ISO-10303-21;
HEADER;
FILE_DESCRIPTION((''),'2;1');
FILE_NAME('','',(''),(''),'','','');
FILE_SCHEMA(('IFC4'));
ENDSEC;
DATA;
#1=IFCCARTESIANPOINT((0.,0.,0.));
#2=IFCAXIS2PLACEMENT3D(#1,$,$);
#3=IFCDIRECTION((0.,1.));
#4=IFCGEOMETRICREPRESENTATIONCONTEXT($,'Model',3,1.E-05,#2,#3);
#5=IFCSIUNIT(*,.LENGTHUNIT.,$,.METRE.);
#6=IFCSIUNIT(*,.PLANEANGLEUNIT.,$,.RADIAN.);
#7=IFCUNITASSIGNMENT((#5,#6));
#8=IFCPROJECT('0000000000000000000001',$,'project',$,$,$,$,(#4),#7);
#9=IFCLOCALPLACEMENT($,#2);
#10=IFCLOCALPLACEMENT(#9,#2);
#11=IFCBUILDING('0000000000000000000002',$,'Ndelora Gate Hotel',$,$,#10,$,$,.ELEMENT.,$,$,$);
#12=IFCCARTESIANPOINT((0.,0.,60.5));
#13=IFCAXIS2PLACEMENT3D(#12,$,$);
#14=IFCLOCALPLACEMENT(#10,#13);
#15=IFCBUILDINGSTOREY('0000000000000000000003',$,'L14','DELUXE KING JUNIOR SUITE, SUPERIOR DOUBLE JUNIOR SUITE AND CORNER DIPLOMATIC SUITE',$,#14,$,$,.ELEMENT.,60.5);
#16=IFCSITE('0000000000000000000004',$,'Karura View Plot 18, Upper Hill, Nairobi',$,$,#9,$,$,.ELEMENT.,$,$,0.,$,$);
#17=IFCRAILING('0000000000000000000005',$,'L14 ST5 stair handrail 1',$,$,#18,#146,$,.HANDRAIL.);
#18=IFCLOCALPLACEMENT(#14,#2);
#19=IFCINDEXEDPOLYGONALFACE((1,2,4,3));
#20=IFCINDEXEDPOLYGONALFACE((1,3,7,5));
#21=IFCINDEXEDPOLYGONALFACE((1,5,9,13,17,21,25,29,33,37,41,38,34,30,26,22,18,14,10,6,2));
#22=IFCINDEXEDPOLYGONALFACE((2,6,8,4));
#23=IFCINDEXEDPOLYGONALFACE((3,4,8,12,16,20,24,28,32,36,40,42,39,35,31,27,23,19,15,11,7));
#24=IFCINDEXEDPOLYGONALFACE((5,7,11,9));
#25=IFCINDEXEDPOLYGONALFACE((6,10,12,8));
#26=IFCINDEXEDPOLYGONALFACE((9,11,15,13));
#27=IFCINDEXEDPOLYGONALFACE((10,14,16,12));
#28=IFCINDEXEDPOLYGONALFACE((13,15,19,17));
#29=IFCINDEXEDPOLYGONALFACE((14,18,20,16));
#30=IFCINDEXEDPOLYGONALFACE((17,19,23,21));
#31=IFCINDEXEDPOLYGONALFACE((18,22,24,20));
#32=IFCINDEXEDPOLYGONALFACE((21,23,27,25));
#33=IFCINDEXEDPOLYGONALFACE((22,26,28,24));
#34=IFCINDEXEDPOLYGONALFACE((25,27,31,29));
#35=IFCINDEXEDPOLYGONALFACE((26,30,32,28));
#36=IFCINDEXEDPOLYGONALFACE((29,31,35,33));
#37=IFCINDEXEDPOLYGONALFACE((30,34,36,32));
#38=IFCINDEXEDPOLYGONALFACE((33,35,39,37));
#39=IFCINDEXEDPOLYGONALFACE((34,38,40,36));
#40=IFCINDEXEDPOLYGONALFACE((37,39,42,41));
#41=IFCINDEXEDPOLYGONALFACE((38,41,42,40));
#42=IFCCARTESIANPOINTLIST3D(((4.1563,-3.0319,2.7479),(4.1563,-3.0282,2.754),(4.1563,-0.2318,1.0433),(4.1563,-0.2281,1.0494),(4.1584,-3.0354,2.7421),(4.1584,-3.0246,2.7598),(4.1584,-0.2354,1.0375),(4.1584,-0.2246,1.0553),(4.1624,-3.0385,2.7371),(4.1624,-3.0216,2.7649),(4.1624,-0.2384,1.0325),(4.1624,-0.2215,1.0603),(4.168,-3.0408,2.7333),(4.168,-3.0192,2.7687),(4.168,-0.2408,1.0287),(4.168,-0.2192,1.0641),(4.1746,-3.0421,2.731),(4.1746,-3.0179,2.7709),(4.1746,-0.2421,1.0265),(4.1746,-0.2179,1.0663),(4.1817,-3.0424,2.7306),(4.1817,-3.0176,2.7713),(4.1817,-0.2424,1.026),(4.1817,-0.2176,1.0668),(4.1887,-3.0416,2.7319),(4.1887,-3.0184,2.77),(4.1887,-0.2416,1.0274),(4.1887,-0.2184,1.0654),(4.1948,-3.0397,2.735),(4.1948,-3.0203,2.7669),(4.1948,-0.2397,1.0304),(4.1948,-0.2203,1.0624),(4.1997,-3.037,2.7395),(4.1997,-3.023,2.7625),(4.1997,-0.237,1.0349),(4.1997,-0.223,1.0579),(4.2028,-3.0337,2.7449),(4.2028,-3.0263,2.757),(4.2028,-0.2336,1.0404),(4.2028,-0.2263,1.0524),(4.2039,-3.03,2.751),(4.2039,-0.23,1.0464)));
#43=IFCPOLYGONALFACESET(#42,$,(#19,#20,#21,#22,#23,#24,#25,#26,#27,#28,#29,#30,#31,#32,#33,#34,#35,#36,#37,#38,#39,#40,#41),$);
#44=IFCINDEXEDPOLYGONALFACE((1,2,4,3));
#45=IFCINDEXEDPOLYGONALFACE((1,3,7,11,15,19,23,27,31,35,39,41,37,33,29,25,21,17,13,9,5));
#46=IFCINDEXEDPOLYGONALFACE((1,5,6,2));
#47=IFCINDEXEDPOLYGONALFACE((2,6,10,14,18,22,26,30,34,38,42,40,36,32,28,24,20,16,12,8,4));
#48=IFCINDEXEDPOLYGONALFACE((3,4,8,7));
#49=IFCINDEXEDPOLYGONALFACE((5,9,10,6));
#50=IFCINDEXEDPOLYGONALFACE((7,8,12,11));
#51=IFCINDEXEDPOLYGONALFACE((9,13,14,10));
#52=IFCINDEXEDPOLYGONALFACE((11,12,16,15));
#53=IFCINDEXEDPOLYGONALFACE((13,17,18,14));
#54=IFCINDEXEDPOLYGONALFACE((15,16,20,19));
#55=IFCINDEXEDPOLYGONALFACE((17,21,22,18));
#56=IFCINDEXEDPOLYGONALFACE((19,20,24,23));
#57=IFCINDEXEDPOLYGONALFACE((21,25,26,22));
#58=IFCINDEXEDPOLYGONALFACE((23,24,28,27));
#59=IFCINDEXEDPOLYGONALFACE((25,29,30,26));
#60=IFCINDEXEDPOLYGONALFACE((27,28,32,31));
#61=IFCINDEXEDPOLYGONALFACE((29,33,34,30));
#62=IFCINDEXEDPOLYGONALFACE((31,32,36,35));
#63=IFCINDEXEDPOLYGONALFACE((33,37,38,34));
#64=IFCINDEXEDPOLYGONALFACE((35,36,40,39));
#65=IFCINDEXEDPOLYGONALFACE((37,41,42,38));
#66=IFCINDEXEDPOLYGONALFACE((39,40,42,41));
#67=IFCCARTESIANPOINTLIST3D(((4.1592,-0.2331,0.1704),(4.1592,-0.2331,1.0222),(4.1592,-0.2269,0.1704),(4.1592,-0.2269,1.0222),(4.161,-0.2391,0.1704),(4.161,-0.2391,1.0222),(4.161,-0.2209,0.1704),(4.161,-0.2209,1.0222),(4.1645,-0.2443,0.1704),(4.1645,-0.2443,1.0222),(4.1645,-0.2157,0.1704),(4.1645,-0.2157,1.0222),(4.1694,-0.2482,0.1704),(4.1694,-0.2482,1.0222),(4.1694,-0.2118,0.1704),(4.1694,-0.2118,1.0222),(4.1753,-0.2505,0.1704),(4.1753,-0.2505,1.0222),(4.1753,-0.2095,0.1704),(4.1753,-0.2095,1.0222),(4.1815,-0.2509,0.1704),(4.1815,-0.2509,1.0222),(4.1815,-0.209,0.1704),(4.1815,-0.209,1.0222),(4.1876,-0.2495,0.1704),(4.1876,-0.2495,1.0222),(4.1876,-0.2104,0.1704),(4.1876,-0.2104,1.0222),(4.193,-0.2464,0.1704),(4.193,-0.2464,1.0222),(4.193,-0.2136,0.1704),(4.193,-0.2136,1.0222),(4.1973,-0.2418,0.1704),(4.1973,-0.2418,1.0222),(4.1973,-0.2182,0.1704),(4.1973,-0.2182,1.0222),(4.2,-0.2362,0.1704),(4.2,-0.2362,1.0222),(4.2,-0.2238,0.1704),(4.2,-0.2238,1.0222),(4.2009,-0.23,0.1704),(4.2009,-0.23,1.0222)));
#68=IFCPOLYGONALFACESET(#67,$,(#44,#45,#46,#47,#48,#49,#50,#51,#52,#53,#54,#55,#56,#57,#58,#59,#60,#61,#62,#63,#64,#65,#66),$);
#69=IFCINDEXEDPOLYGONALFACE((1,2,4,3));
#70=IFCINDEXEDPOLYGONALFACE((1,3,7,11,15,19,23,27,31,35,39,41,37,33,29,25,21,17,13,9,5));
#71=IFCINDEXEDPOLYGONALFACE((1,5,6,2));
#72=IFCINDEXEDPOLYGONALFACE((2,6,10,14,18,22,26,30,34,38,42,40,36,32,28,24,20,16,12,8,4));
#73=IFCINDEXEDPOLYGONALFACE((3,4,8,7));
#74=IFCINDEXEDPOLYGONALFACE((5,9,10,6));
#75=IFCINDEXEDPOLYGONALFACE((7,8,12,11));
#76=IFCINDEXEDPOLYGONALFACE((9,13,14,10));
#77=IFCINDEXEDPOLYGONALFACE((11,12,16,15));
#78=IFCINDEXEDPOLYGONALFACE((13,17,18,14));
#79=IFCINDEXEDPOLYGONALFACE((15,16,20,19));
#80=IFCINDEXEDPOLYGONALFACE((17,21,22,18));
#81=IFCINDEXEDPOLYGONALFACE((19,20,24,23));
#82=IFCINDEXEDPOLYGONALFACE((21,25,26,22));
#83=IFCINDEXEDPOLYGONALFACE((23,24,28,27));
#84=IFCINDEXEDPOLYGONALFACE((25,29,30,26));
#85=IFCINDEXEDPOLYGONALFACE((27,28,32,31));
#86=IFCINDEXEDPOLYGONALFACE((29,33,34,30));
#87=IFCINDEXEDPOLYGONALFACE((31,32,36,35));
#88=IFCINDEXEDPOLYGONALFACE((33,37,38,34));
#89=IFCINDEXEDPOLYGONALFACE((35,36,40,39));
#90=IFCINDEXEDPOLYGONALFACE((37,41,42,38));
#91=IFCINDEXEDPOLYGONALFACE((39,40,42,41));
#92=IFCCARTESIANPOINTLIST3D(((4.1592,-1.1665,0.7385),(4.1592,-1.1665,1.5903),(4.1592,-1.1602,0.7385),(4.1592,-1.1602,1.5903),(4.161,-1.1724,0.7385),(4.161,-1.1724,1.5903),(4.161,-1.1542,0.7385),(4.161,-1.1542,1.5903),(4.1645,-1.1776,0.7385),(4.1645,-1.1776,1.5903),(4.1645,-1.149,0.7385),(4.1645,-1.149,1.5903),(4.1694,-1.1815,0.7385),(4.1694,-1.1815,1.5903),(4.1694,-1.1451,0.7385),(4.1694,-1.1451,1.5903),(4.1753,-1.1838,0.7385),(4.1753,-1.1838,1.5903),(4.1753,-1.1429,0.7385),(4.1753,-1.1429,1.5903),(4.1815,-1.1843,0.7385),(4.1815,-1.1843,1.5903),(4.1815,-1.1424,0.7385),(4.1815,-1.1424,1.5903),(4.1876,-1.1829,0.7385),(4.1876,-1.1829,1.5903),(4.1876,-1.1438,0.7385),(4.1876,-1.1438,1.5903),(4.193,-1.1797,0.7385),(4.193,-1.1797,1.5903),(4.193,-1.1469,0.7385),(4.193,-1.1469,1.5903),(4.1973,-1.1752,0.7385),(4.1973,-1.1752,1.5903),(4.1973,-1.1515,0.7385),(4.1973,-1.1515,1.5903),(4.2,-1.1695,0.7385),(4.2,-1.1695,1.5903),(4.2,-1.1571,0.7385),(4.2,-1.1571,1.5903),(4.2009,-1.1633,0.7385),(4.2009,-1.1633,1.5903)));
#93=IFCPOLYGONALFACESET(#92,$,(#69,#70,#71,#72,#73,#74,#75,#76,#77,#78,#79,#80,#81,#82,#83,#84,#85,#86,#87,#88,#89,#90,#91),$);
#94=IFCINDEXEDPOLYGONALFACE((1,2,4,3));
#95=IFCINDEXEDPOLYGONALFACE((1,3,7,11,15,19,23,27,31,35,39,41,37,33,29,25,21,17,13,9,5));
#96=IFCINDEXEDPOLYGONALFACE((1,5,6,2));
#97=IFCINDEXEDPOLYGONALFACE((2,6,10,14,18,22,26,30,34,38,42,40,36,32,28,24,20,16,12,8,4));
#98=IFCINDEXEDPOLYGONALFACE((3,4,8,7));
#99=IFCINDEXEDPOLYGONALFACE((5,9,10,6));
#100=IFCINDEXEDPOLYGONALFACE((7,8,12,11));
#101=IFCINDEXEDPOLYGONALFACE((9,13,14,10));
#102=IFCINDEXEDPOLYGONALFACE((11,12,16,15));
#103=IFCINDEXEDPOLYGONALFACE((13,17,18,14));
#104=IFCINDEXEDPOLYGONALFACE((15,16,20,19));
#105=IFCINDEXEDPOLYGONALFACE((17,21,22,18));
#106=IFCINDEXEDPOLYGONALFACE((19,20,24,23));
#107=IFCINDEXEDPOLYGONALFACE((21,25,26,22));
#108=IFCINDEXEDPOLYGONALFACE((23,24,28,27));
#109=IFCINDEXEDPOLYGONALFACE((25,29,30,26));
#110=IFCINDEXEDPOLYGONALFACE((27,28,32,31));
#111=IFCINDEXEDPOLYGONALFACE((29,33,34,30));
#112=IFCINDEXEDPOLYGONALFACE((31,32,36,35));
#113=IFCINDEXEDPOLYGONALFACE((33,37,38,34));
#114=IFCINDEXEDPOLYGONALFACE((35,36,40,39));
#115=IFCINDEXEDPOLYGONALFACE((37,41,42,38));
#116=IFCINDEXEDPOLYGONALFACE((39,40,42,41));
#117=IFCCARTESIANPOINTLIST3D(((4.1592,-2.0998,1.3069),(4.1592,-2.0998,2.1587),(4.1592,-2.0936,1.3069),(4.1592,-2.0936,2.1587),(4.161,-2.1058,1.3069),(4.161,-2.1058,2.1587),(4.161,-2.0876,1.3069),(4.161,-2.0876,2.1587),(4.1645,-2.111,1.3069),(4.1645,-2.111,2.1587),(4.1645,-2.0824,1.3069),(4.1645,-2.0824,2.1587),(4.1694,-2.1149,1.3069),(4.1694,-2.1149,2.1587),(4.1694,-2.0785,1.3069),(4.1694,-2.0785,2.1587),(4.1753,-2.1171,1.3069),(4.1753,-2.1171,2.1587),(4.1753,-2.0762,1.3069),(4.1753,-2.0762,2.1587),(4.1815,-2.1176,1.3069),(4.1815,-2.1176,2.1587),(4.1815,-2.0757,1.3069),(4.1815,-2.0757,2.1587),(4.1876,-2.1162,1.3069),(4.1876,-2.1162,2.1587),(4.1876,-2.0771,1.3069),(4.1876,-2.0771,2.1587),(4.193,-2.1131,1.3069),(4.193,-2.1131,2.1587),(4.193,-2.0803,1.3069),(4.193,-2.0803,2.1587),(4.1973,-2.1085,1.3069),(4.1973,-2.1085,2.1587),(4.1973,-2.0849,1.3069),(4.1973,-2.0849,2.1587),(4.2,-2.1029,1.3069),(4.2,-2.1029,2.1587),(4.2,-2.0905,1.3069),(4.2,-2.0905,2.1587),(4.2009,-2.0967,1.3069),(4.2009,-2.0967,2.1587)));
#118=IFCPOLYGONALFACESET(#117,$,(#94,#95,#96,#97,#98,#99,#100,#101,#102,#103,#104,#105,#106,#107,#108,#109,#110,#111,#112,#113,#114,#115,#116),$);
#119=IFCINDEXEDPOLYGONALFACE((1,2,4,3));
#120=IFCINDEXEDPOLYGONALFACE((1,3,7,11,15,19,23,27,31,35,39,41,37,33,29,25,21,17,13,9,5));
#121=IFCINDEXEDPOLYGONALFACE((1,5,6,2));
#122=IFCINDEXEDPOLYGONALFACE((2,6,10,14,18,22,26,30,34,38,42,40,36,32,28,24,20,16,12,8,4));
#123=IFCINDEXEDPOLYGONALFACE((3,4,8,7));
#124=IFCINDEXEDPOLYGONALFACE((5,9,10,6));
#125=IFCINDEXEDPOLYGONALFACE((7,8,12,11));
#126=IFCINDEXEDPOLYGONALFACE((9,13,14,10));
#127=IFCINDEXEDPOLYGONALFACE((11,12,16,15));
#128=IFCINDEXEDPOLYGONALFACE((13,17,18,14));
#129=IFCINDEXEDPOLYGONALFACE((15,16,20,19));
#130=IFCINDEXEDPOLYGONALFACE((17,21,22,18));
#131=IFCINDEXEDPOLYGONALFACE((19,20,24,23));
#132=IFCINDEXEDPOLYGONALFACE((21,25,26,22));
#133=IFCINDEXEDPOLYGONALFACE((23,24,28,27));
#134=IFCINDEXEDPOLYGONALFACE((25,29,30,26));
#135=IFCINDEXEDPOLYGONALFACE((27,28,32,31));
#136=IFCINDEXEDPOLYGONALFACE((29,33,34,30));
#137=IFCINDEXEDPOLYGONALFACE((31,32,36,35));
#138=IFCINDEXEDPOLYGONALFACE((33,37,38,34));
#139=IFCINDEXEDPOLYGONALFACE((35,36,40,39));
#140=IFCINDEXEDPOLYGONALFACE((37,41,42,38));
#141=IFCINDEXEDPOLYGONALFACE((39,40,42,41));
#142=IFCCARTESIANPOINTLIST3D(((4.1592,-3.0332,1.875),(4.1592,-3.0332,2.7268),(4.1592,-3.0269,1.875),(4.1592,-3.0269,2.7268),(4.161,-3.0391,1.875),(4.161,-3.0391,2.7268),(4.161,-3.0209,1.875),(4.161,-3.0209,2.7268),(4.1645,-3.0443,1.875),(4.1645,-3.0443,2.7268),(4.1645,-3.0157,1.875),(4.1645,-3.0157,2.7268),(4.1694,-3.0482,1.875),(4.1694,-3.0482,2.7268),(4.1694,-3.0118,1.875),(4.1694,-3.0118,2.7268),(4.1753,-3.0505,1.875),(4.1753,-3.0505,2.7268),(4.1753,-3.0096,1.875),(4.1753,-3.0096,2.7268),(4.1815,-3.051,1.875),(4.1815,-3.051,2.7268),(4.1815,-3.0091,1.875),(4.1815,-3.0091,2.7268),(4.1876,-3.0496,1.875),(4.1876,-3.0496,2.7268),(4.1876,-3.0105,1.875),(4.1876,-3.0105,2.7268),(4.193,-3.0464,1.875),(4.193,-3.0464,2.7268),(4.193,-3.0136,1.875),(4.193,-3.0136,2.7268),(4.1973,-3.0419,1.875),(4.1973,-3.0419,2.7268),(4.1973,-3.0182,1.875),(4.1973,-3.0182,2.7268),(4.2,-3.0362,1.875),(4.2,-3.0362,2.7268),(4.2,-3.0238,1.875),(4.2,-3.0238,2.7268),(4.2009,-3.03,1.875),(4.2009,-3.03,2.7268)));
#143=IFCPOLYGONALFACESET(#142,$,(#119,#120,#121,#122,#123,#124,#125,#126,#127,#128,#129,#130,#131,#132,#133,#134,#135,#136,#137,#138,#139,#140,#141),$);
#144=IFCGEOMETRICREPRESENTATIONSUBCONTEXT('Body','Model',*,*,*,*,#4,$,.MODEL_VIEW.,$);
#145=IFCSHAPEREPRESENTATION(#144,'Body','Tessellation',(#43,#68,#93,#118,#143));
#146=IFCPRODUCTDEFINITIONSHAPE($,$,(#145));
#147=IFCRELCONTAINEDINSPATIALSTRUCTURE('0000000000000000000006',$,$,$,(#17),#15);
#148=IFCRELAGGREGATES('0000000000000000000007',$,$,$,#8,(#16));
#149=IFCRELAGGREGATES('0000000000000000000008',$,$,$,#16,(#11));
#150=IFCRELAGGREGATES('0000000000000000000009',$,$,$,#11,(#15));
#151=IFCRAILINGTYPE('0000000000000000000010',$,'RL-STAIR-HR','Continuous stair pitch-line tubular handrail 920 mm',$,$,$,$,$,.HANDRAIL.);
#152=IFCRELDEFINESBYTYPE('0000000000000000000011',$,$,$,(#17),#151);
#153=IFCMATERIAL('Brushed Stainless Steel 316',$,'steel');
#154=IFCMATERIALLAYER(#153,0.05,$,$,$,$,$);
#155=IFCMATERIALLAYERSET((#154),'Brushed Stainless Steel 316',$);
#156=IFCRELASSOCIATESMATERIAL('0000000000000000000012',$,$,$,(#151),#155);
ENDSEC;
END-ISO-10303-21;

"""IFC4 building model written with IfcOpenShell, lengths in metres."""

from ifc_helpers import new_model, si_unit, direction, frame, origin, origin_2d, place, context, subcontext, project, spatial, circle, extrude, material, layer, layer_set, type_object, element, save


model = new_model("IFC4")

# Units and contexts
model_context = context("Model", 3, precision=1e-05, world=origin(), true_north=direction((0.0, 1.0)))
body_context = subcontext(model_context, "Body", "Model", "MODEL_VIEW")
ifc_project = project(units=[si_unit("LENGTHUNIT", "METRE"), si_unit("PLANEANGLEUNIT", "RADIAN")], contexts=[model_context])

# Site, building, storey
site_placement = place(None, origin())
site = spatial("IfcSite", under=ifc_project, at=site_placement, Name="Karura View Plot 18, Upper Hill, Nairobi", CompositionType="ELEMENT", RefElevation=0.0)
building_placement = place(site_placement, origin())
building = spatial("IfcBuilding", under=site, at=building_placement, Name="Ndelora Gate Hotel", CompositionType="ELEMENT")
storey_placement = place(building_placement, frame((0.0, 0.0, 60.5)))
storey = spatial("IfcBuildingStorey", under=building, at=storey_placement, Name="L14", Description="DELUXE KING JUNIOR SUITE, SUPERIOR DOUBLE JUNIOR SUITE AND CORNER DIPLOMATIC SUITE", CompositionType="ELEMENT", Elevation=60.5)

# Railing
ifc_material_1 = material(Name="Brushed Stainless Steel 316", Category="steel")
ifc_layer_1 = layer(ifc_material_1, 0.05)
ifc_layer_set_1 = layer_set([ifc_layer_1], Name="Brushed Stainless Steel 316")
railing_type_1 = type_object("IfcRailingType", Name="RL-STAIR-HR", Description="Continuous stair pitch-line tubular handrail 920 mm", PredefinedType="HANDRAIL", material=ifc_layer_set_1)
railing_1_placement = place(storey_placement, frame((4.1799, -0.23, 0.1704)))
element("IfcRailing", 1, at=railing_1_placement, inside=storey, type_object=railing_type_1, Name="L14 ST5 stair handrail 1", PredefinedType="HANDRAIL", context=body_context, shape_type="SweptSolid", body=[
    extrude(circle(Radius=0.0239, at=origin_2d()), frame((0.0, 0.0, 0.876), z_axis=(0.0, -0.85417, 0.519994), x_axis=(1.0, 0.0, 0.0)), (0.0, 0.0, 1.0), 3.2781),
    extrude(circle(Radius=0.021, at=origin_2d()), origin(), (0.0, 0.0, 1.0), 0.8518),
    extrude(circle(Radius=0.021, at=origin_2d()), frame((0.0, -0.9333, 0.5681)), (0.0, 0.0, 1.0), 0.8518),
    extrude(circle(Radius=0.021, at=origin_2d()), frame((0.0, -1.8667, 1.1365)), (0.0, 0.0, 1.0), 0.8518),
    extrude(circle(Radius=0.021, at=origin_2d()), frame((0.0, -2.8, 1.7046)), (0.0, 0.0, 1.0), 0.8518),
])

save(model, "model.ifc")
